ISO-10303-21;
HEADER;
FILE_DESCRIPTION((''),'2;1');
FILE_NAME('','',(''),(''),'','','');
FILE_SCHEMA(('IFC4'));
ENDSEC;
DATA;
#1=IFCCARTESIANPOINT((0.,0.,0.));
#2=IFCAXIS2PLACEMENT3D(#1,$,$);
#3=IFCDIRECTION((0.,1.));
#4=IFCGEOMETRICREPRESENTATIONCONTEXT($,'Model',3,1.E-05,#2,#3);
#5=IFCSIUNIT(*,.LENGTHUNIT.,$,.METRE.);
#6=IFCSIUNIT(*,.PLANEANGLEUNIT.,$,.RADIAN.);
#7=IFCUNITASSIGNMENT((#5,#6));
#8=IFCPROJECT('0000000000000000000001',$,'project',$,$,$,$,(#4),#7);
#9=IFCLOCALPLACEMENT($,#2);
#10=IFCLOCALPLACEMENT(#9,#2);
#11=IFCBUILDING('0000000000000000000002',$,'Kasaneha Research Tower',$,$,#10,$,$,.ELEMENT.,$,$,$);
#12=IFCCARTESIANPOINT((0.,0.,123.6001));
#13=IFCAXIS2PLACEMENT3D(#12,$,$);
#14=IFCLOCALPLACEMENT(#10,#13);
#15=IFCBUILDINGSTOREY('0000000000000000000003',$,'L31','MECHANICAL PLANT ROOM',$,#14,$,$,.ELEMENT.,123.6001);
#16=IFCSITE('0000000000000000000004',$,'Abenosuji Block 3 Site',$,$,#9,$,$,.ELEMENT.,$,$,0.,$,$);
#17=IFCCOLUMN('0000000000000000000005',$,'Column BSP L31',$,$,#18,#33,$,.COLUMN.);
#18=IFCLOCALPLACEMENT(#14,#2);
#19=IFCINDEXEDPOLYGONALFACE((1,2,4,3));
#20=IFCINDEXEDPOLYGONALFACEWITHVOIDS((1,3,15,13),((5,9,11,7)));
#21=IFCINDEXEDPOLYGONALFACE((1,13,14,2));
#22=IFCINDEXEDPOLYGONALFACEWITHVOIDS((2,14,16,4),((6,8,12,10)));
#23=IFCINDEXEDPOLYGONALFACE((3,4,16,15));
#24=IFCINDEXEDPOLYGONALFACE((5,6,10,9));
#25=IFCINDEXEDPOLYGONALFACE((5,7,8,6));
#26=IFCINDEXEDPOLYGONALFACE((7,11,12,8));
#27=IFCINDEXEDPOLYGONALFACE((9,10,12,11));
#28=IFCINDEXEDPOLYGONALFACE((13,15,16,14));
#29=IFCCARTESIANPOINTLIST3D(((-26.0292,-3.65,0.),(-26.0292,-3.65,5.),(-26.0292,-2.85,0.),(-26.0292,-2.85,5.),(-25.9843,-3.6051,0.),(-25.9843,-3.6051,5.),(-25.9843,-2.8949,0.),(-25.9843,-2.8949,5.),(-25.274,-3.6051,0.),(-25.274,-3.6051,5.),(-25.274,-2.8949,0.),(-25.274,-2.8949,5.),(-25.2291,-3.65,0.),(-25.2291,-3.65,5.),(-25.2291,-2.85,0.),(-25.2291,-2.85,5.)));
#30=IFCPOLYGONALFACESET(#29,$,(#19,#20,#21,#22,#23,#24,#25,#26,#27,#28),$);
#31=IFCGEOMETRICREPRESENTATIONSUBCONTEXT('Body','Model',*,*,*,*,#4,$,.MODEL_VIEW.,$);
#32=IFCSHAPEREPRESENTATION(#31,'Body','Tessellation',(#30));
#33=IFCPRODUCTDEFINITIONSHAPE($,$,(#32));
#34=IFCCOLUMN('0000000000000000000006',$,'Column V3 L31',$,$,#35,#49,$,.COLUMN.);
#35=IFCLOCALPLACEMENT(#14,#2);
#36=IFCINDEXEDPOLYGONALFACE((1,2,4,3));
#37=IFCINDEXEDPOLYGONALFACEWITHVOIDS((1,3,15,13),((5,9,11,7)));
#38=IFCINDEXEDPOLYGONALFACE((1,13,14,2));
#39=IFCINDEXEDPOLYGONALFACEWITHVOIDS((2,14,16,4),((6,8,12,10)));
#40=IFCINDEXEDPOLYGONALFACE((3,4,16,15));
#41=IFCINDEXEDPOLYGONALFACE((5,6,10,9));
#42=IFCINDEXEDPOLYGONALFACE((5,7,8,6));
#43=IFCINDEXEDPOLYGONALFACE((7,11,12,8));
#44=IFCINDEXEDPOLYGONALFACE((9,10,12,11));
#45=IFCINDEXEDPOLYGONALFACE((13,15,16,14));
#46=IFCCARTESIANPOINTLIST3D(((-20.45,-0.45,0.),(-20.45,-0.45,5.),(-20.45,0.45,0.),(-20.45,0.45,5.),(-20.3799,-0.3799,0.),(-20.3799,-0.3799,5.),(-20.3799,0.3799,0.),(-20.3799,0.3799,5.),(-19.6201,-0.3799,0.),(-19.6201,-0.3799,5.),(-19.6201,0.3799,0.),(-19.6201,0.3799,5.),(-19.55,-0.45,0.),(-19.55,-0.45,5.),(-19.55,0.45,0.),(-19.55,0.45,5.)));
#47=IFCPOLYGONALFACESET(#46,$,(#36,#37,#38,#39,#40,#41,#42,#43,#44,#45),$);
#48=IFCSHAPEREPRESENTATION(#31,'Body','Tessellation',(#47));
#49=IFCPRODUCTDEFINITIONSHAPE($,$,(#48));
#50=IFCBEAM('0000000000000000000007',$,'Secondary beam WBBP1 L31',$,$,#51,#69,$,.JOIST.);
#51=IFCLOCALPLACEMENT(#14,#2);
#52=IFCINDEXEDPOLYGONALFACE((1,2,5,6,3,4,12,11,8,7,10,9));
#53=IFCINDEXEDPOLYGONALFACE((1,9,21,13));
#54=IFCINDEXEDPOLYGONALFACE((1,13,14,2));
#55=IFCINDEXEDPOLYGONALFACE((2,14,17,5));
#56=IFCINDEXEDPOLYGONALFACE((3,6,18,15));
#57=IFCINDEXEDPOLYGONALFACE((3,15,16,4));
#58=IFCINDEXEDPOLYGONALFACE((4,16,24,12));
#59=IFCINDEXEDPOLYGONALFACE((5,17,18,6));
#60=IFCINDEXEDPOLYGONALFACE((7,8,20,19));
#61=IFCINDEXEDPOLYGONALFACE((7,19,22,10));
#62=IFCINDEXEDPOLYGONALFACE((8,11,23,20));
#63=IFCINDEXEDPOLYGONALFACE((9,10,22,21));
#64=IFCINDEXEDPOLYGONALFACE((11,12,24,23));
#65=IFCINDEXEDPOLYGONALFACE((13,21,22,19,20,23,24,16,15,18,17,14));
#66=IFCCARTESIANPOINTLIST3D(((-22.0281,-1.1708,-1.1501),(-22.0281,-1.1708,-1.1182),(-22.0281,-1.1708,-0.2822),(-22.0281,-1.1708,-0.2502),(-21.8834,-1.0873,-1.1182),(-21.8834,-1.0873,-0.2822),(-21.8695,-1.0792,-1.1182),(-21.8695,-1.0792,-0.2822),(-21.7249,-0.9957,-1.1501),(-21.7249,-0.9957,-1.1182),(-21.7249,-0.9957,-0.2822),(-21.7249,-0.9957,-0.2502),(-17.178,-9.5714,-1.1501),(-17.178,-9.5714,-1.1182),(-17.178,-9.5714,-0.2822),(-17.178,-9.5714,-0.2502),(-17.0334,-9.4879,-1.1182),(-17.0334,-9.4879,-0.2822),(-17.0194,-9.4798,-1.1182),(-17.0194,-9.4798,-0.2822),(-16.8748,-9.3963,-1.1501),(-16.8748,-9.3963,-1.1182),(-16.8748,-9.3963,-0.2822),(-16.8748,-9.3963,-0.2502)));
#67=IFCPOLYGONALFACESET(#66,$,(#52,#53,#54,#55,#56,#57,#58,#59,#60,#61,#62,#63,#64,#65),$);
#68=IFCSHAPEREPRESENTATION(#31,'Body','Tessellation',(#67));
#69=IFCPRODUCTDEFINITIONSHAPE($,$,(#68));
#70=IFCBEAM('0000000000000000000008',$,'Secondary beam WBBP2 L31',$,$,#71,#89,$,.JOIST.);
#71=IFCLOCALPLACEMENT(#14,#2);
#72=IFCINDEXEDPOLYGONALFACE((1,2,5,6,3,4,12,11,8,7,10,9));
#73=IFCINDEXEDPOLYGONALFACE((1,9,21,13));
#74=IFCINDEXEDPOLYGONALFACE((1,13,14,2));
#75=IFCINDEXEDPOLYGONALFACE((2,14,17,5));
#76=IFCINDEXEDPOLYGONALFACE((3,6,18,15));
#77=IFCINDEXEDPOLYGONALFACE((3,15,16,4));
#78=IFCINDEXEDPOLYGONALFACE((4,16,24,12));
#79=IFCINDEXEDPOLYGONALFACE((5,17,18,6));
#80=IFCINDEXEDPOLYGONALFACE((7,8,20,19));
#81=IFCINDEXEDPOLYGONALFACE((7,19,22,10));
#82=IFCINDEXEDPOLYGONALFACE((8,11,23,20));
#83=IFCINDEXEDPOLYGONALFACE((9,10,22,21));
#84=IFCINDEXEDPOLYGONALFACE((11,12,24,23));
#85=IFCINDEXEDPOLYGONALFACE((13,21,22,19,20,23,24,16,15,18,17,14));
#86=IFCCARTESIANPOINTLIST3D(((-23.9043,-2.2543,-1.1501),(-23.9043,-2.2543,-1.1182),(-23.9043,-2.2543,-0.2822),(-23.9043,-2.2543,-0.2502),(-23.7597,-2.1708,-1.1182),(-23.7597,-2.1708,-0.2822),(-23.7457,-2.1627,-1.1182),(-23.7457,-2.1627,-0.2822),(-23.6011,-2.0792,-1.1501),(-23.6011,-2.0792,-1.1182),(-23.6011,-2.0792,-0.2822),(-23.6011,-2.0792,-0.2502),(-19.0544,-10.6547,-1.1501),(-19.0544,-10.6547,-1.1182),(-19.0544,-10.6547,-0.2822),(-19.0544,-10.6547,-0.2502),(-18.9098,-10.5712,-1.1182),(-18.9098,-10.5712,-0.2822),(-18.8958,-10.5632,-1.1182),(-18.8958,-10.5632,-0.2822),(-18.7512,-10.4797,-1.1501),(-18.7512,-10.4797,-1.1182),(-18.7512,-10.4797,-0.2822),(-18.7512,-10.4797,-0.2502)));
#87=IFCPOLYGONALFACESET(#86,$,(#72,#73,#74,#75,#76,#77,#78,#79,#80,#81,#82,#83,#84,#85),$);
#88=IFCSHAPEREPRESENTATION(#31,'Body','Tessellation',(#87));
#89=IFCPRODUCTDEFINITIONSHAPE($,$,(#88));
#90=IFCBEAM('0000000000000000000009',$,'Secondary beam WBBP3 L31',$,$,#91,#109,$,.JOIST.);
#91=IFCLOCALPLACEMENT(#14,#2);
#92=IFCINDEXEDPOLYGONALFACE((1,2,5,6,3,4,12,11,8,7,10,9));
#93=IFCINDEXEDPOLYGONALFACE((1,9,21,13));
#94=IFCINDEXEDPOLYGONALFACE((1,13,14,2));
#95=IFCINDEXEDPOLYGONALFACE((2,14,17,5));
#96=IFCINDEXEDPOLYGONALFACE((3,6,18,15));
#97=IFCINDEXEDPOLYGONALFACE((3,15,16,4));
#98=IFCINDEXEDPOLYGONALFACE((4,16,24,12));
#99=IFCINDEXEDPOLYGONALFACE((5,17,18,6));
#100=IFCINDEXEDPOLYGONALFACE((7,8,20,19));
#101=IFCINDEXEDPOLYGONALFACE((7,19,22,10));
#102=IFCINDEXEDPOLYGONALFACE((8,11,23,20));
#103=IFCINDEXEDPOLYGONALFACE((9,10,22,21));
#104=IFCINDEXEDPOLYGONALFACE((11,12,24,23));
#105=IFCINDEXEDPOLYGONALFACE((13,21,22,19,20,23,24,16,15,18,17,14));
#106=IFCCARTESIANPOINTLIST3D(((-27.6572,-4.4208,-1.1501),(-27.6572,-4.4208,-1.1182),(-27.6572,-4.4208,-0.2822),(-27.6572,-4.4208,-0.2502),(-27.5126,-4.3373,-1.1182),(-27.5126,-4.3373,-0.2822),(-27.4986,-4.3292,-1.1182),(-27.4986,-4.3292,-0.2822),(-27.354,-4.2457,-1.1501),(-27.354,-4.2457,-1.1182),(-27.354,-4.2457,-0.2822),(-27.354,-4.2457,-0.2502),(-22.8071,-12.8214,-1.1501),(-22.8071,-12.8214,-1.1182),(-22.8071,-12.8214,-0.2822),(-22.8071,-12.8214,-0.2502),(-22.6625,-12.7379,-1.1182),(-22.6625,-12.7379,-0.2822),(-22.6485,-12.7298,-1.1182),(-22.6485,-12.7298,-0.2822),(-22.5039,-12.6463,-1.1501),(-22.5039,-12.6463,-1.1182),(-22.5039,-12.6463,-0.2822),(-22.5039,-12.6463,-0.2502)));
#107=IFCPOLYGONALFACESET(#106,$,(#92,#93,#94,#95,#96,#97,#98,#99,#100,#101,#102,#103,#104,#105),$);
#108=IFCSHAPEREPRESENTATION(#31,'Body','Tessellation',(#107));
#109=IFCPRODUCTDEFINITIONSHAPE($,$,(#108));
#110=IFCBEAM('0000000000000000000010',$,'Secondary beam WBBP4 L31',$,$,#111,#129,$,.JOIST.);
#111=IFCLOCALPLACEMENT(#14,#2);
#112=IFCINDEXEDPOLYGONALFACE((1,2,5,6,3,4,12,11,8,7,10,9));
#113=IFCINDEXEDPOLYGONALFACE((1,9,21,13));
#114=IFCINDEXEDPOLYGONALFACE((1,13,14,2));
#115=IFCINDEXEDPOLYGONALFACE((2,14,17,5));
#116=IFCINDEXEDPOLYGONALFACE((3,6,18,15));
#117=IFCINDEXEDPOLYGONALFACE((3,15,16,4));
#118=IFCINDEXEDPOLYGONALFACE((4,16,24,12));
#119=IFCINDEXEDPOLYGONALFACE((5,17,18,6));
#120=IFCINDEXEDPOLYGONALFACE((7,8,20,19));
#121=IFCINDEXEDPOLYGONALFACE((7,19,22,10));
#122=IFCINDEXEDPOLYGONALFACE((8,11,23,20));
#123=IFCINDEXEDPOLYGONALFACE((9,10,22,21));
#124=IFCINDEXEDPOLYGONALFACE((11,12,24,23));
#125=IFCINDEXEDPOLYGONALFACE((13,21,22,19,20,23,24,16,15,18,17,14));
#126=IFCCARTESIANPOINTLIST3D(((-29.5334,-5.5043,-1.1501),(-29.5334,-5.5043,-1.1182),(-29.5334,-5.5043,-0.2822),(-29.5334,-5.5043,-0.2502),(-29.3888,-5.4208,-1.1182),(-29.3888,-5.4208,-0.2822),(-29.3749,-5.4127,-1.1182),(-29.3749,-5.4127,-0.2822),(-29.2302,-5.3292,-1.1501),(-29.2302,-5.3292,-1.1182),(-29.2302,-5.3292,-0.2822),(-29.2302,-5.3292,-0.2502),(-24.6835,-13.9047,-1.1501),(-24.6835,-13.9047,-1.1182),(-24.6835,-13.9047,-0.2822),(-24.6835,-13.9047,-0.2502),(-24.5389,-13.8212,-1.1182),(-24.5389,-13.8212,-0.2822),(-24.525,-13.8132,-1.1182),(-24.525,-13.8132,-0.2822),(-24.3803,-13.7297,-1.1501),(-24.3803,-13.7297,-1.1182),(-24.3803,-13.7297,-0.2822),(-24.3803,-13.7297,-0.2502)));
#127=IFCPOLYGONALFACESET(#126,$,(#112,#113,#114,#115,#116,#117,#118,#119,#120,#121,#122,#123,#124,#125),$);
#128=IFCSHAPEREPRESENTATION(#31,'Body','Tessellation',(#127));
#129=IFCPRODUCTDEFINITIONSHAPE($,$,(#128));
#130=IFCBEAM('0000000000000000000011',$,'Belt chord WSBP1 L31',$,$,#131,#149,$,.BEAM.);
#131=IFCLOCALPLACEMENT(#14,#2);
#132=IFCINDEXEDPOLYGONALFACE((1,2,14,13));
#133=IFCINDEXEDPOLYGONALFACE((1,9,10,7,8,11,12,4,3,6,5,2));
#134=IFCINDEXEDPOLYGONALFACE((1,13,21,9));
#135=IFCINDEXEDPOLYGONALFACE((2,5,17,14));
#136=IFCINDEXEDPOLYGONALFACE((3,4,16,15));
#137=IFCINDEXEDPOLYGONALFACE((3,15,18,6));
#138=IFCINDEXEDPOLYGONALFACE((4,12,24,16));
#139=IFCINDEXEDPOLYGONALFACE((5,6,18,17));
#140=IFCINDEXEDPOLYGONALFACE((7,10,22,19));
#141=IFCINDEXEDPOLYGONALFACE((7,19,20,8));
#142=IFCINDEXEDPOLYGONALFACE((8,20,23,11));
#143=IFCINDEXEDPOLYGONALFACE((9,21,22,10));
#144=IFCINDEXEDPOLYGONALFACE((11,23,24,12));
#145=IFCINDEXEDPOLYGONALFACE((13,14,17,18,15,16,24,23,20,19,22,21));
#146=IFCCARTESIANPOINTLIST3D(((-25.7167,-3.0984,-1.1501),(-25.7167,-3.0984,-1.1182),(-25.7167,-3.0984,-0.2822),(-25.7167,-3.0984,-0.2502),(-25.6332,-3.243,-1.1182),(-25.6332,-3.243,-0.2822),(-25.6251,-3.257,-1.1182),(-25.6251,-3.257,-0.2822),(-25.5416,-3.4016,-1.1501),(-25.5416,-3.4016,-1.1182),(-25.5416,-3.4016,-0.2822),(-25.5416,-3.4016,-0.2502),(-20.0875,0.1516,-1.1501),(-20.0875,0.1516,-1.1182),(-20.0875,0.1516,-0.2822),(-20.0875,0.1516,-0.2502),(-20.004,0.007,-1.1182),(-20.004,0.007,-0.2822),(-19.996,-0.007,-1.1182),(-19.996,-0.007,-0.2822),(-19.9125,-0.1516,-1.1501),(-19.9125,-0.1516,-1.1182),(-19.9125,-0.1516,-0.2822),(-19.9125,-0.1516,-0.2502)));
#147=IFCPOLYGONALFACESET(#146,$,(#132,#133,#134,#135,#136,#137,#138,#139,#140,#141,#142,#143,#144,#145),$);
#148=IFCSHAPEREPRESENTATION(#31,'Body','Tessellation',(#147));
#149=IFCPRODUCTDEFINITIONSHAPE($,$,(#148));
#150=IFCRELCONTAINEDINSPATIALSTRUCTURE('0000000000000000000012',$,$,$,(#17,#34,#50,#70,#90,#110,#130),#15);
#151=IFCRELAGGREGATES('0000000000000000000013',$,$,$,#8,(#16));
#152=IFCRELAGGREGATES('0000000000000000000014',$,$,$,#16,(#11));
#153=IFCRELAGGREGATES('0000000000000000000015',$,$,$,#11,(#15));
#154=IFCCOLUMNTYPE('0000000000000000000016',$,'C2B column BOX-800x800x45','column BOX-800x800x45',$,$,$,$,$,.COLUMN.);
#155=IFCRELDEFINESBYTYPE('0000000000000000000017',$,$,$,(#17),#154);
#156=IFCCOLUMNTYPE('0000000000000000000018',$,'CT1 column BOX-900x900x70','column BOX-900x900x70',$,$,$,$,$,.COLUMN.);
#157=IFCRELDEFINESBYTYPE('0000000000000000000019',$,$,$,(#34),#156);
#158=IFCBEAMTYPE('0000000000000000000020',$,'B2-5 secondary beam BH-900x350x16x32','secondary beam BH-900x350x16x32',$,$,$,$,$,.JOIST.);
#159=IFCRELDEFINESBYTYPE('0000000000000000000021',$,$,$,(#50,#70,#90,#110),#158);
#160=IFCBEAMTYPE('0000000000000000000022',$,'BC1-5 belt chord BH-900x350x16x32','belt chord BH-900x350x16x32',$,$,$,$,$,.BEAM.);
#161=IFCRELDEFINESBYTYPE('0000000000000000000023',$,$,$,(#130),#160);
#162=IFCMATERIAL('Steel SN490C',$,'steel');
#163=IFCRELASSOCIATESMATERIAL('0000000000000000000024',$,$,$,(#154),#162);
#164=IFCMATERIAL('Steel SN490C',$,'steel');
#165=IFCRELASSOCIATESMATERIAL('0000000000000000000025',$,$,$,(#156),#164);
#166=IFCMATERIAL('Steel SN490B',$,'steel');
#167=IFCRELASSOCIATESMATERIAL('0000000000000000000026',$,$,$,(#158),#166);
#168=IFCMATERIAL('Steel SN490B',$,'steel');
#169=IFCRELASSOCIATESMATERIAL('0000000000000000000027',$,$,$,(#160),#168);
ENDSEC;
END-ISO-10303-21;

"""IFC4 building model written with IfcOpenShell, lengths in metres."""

from ifc_helpers import new_model, si_unit, direction, frame, origin, origin_2d, place, context, subcontext, project, spatial, hollow_rectangle, i_section, extrude, material, material_profile, profile_set, type_object, element, save


model = new_model("IFC4")

# Units and contexts
model_context = context("Model", 3, precision=1e-05, world=origin(), true_north=direction((0.0, 1.0)))
body_context = subcontext(model_context, "Body", "Model", "MODEL_VIEW")
ifc_project = project(units=[si_unit("LENGTHUNIT", "METRE"), si_unit("PLANEANGLEUNIT", "RADIAN")], contexts=[model_context])

# Site, building, storey
site_placement = place(None, origin())
site = spatial("IfcSite", under=ifc_project, at=site_placement, Name="Abenosuji Block 3 Site", CompositionType="ELEMENT", RefElevation=0.0)
building_placement = place(site_placement, origin())
building = spatial("IfcBuilding", under=site, at=building_placement, Name="Kasaneha Research Tower", CompositionType="ELEMENT")
storey_placement = place(building_placement, frame((0.0, 0.0, 123.6001)))
storey = spatial("IfcBuildingStorey", under=building, at=storey_placement, Name="L31", Description="MECHANICAL PLANT ROOM", CompositionType="ELEMENT", Elevation=123.6001)

# Columns
ifc_material_1 = material(Name="Steel SN490C", Category="steel")
ifc_material_profile_1 = material_profile(ifc_material_1, hollow_rectangle(XDim=0.8, YDim=0.8, WallThickness=0.0449, at=origin_2d()), Name="BOX-800x800x45")
ifc_profile_set_1 = profile_set([ifc_material_profile_1], Name="Steel SN490C")
column_type_1 = type_object("IfcColumnType", Name="C2B column BOX-800x800x45", Description="column BOX-800x800x45", PredefinedType="COLUMN", material=ifc_profile_set_1)
column_1_placement = place(storey_placement, frame((-25.6292, -3.25, 0.0), z_axis=(0.0, 0.0, 1.0), x_axis=(1.0, 0.0, 0.0)))
element("IfcColumn", 1, at=column_1_placement, inside=storey, type_object=column_type_1, Name="Column BSP L31", PredefinedType="COLUMN", context=body_context, shape_type="SweptSolid", body=[
    extrude(hollow_rectangle(XDim=0.8, YDim=0.8, WallThickness=0.0449, at=origin_2d()), origin(), (0.0, 0.0, 1.0), 5.0),
])
ifc_material_2 = material(Name="Steel SN490C", Category="steel")
ifc_material_profile_2 = material_profile(ifc_material_2, hollow_rectangle(XDim=0.8999, YDim=0.8999, WallThickness=0.0701, at=origin_2d()), Name="BOX-900x900x70")
ifc_profile_set_2 = profile_set([ifc_material_profile_2], Name="Steel SN490C")
column_type_2 = type_object("IfcColumnType", Name="CT1 column BOX-900x900x70", Description="column BOX-900x900x70", PredefinedType="COLUMN", material=ifc_profile_set_2)
column_2_placement = place(storey_placement, frame((-20.0, 0.0, 0.0), z_axis=(0.0, 0.0, 1.0), x_axis=(1.0, 0.0, 0.0)))
element("IfcColumn", 2, at=column_2_placement, inside=storey, type_object=column_type_2, Name="Column V3 L31", PredefinedType="COLUMN", context=body_context, shape_type="SweptSolid", body=[
    extrude(hollow_rectangle(XDim=0.8999, YDim=0.8999, WallThickness=0.0701, at=origin_2d()), origin(), (0.0, 0.0, 1.0), 5.0),
])

# Beams
ifc_material_3 = material(Name="Steel SN490B", Category="steel")
ifc_material_profile_3 = material_profile(ifc_material_3, i_section(OverallWidth=0.3501, OverallDepth=0.8999, WebThickness=0.0161, FlangeThickness=0.032, at=origin_2d()), Name="BH-900x350x16x32")
ifc_profile_set_3 = profile_set([ifc_material_profile_3], Name="Steel SN490B")
beam_type_1 = type_object("IfcBeamType", Name="B2-5 secondary beam BH-900x350x16x32", Description="secondary beam BH-900x350x16x32", PredefinedType="JOIST", material=ifc_profile_set_3)
beam_1_placement = place(storey_placement, frame((-21.8765, -1.0833, -0.7002), z_axis=(0.499999, -0.866026, 0.0), x_axis=(0.866026, 0.499999, 0.0)))
element("IfcBeam", 3, at=beam_1_placement, inside=storey, type_object=beam_type_1, Name="Secondary beam WBBP1 L31", PredefinedType="JOIST", context=body_context, shape_type="SweptSolid", body=[
    extrude(i_section(OverallWidth=0.3501, OverallDepth=0.8999, WebThickness=0.0161, FlangeThickness=0.032, at=origin_2d()), origin(), (0.0, 0.0, 1.0), 9.7002),
])
beam_2_placement = place(storey_placement, frame((-23.7527, -2.1667, -0.7002), z_axis=(0.499991, -0.866031, 0.0), x_axis=(0.866031, 0.499991, 0.0)))
element("IfcBeam", 4, at=beam_2_placement, inside=storey, type_object=beam_type_1, Name="Secondary beam WBBP2 L31", PredefinedType="JOIST", context=body_context, shape_type="SweptSolid", body=[
    extrude(i_section(OverallWidth=0.3501, OverallDepth=0.8999, WebThickness=0.0161, FlangeThickness=0.032, at=origin_2d()), origin(), (0.0, 0.0, 1.0), 9.7),
])
beam_3_placement = place(storey_placement, frame((-27.5056, -4.3333, -0.7002), z_axis=(0.499999, -0.866026, 0.0), x_axis=(0.866026, 0.499999, 0.0)))
element("IfcBeam", 5, at=beam_3_placement, inside=storey, type_object=beam_type_1, Name="Secondary beam WBBP3 L31", PredefinedType="JOIST", context=body_context, shape_type="SweptSolid", body=[
    extrude(i_section(OverallWidth=0.3501, OverallDepth=0.8999, WebThickness=0.0161, FlangeThickness=0.032, at=origin_2d()), origin(), (0.0, 0.0, 1.0), 9.7002),
])
beam_4_placement = place(storey_placement, frame((-29.3818, -5.4167, -0.7002), z_axis=(0.499991, -0.866031, 0.0), x_axis=(0.866031, 0.499991, 0.0)))
element("IfcBeam", 6, at=beam_4_placement, inside=storey, type_object=beam_type_1, Name="Secondary beam WBBP4 L31", PredefinedType="JOIST", context=body_context, shape_type="SweptSolid", body=[
    extrude(i_section(OverallWidth=0.3501, OverallDepth=0.8999, WebThickness=0.0161, FlangeThickness=0.032, at=origin_2d()), origin(), (0.0, 0.0, 1.0), 9.7),
])
ifc_material_4 = material(Name="Steel SN490B", Category="steel")
ifc_material_profile_4 = material_profile(ifc_material_4, i_section(OverallWidth=0.3501, OverallDepth=0.8999, WebThickness=0.0161, FlangeThickness=0.032, at=origin_2d()), Name="BH-900x350x16x32")
ifc_profile_set_4 = profile_set([ifc_material_profile_4], Name="Steel SN490B")
beam_type_2 = type_object("IfcBeamType", Name="BC1-5 belt chord BH-900x350x16x32", Description="belt chord BH-900x350x16x32", PredefinedType="BEAM", material=ifc_profile_set_4)
beam_5_placement = place(storey_placement, frame((-20.0, 0.0, -0.7002), z_axis=(-0.866025, -0.500001, 0.0), x_axis=(0.500001, -0.866025, 0.0)))
element("IfcBeam", 7, at=beam_5_placement, inside=storey, type_object=beam_type_2, Name="Belt chord WSBP1 L31", PredefinedType="BEAM", context=body_context, shape_type="SweptSolid", body=[
    extrude(i_section(OverallWidth=0.3501, OverallDepth=0.8999, WebThickness=0.0161, FlangeThickness=0.032, at=origin_2d()), origin(), (0.0, 0.0, 1.0), 6.5),
])

save(model, "model.ifc")
